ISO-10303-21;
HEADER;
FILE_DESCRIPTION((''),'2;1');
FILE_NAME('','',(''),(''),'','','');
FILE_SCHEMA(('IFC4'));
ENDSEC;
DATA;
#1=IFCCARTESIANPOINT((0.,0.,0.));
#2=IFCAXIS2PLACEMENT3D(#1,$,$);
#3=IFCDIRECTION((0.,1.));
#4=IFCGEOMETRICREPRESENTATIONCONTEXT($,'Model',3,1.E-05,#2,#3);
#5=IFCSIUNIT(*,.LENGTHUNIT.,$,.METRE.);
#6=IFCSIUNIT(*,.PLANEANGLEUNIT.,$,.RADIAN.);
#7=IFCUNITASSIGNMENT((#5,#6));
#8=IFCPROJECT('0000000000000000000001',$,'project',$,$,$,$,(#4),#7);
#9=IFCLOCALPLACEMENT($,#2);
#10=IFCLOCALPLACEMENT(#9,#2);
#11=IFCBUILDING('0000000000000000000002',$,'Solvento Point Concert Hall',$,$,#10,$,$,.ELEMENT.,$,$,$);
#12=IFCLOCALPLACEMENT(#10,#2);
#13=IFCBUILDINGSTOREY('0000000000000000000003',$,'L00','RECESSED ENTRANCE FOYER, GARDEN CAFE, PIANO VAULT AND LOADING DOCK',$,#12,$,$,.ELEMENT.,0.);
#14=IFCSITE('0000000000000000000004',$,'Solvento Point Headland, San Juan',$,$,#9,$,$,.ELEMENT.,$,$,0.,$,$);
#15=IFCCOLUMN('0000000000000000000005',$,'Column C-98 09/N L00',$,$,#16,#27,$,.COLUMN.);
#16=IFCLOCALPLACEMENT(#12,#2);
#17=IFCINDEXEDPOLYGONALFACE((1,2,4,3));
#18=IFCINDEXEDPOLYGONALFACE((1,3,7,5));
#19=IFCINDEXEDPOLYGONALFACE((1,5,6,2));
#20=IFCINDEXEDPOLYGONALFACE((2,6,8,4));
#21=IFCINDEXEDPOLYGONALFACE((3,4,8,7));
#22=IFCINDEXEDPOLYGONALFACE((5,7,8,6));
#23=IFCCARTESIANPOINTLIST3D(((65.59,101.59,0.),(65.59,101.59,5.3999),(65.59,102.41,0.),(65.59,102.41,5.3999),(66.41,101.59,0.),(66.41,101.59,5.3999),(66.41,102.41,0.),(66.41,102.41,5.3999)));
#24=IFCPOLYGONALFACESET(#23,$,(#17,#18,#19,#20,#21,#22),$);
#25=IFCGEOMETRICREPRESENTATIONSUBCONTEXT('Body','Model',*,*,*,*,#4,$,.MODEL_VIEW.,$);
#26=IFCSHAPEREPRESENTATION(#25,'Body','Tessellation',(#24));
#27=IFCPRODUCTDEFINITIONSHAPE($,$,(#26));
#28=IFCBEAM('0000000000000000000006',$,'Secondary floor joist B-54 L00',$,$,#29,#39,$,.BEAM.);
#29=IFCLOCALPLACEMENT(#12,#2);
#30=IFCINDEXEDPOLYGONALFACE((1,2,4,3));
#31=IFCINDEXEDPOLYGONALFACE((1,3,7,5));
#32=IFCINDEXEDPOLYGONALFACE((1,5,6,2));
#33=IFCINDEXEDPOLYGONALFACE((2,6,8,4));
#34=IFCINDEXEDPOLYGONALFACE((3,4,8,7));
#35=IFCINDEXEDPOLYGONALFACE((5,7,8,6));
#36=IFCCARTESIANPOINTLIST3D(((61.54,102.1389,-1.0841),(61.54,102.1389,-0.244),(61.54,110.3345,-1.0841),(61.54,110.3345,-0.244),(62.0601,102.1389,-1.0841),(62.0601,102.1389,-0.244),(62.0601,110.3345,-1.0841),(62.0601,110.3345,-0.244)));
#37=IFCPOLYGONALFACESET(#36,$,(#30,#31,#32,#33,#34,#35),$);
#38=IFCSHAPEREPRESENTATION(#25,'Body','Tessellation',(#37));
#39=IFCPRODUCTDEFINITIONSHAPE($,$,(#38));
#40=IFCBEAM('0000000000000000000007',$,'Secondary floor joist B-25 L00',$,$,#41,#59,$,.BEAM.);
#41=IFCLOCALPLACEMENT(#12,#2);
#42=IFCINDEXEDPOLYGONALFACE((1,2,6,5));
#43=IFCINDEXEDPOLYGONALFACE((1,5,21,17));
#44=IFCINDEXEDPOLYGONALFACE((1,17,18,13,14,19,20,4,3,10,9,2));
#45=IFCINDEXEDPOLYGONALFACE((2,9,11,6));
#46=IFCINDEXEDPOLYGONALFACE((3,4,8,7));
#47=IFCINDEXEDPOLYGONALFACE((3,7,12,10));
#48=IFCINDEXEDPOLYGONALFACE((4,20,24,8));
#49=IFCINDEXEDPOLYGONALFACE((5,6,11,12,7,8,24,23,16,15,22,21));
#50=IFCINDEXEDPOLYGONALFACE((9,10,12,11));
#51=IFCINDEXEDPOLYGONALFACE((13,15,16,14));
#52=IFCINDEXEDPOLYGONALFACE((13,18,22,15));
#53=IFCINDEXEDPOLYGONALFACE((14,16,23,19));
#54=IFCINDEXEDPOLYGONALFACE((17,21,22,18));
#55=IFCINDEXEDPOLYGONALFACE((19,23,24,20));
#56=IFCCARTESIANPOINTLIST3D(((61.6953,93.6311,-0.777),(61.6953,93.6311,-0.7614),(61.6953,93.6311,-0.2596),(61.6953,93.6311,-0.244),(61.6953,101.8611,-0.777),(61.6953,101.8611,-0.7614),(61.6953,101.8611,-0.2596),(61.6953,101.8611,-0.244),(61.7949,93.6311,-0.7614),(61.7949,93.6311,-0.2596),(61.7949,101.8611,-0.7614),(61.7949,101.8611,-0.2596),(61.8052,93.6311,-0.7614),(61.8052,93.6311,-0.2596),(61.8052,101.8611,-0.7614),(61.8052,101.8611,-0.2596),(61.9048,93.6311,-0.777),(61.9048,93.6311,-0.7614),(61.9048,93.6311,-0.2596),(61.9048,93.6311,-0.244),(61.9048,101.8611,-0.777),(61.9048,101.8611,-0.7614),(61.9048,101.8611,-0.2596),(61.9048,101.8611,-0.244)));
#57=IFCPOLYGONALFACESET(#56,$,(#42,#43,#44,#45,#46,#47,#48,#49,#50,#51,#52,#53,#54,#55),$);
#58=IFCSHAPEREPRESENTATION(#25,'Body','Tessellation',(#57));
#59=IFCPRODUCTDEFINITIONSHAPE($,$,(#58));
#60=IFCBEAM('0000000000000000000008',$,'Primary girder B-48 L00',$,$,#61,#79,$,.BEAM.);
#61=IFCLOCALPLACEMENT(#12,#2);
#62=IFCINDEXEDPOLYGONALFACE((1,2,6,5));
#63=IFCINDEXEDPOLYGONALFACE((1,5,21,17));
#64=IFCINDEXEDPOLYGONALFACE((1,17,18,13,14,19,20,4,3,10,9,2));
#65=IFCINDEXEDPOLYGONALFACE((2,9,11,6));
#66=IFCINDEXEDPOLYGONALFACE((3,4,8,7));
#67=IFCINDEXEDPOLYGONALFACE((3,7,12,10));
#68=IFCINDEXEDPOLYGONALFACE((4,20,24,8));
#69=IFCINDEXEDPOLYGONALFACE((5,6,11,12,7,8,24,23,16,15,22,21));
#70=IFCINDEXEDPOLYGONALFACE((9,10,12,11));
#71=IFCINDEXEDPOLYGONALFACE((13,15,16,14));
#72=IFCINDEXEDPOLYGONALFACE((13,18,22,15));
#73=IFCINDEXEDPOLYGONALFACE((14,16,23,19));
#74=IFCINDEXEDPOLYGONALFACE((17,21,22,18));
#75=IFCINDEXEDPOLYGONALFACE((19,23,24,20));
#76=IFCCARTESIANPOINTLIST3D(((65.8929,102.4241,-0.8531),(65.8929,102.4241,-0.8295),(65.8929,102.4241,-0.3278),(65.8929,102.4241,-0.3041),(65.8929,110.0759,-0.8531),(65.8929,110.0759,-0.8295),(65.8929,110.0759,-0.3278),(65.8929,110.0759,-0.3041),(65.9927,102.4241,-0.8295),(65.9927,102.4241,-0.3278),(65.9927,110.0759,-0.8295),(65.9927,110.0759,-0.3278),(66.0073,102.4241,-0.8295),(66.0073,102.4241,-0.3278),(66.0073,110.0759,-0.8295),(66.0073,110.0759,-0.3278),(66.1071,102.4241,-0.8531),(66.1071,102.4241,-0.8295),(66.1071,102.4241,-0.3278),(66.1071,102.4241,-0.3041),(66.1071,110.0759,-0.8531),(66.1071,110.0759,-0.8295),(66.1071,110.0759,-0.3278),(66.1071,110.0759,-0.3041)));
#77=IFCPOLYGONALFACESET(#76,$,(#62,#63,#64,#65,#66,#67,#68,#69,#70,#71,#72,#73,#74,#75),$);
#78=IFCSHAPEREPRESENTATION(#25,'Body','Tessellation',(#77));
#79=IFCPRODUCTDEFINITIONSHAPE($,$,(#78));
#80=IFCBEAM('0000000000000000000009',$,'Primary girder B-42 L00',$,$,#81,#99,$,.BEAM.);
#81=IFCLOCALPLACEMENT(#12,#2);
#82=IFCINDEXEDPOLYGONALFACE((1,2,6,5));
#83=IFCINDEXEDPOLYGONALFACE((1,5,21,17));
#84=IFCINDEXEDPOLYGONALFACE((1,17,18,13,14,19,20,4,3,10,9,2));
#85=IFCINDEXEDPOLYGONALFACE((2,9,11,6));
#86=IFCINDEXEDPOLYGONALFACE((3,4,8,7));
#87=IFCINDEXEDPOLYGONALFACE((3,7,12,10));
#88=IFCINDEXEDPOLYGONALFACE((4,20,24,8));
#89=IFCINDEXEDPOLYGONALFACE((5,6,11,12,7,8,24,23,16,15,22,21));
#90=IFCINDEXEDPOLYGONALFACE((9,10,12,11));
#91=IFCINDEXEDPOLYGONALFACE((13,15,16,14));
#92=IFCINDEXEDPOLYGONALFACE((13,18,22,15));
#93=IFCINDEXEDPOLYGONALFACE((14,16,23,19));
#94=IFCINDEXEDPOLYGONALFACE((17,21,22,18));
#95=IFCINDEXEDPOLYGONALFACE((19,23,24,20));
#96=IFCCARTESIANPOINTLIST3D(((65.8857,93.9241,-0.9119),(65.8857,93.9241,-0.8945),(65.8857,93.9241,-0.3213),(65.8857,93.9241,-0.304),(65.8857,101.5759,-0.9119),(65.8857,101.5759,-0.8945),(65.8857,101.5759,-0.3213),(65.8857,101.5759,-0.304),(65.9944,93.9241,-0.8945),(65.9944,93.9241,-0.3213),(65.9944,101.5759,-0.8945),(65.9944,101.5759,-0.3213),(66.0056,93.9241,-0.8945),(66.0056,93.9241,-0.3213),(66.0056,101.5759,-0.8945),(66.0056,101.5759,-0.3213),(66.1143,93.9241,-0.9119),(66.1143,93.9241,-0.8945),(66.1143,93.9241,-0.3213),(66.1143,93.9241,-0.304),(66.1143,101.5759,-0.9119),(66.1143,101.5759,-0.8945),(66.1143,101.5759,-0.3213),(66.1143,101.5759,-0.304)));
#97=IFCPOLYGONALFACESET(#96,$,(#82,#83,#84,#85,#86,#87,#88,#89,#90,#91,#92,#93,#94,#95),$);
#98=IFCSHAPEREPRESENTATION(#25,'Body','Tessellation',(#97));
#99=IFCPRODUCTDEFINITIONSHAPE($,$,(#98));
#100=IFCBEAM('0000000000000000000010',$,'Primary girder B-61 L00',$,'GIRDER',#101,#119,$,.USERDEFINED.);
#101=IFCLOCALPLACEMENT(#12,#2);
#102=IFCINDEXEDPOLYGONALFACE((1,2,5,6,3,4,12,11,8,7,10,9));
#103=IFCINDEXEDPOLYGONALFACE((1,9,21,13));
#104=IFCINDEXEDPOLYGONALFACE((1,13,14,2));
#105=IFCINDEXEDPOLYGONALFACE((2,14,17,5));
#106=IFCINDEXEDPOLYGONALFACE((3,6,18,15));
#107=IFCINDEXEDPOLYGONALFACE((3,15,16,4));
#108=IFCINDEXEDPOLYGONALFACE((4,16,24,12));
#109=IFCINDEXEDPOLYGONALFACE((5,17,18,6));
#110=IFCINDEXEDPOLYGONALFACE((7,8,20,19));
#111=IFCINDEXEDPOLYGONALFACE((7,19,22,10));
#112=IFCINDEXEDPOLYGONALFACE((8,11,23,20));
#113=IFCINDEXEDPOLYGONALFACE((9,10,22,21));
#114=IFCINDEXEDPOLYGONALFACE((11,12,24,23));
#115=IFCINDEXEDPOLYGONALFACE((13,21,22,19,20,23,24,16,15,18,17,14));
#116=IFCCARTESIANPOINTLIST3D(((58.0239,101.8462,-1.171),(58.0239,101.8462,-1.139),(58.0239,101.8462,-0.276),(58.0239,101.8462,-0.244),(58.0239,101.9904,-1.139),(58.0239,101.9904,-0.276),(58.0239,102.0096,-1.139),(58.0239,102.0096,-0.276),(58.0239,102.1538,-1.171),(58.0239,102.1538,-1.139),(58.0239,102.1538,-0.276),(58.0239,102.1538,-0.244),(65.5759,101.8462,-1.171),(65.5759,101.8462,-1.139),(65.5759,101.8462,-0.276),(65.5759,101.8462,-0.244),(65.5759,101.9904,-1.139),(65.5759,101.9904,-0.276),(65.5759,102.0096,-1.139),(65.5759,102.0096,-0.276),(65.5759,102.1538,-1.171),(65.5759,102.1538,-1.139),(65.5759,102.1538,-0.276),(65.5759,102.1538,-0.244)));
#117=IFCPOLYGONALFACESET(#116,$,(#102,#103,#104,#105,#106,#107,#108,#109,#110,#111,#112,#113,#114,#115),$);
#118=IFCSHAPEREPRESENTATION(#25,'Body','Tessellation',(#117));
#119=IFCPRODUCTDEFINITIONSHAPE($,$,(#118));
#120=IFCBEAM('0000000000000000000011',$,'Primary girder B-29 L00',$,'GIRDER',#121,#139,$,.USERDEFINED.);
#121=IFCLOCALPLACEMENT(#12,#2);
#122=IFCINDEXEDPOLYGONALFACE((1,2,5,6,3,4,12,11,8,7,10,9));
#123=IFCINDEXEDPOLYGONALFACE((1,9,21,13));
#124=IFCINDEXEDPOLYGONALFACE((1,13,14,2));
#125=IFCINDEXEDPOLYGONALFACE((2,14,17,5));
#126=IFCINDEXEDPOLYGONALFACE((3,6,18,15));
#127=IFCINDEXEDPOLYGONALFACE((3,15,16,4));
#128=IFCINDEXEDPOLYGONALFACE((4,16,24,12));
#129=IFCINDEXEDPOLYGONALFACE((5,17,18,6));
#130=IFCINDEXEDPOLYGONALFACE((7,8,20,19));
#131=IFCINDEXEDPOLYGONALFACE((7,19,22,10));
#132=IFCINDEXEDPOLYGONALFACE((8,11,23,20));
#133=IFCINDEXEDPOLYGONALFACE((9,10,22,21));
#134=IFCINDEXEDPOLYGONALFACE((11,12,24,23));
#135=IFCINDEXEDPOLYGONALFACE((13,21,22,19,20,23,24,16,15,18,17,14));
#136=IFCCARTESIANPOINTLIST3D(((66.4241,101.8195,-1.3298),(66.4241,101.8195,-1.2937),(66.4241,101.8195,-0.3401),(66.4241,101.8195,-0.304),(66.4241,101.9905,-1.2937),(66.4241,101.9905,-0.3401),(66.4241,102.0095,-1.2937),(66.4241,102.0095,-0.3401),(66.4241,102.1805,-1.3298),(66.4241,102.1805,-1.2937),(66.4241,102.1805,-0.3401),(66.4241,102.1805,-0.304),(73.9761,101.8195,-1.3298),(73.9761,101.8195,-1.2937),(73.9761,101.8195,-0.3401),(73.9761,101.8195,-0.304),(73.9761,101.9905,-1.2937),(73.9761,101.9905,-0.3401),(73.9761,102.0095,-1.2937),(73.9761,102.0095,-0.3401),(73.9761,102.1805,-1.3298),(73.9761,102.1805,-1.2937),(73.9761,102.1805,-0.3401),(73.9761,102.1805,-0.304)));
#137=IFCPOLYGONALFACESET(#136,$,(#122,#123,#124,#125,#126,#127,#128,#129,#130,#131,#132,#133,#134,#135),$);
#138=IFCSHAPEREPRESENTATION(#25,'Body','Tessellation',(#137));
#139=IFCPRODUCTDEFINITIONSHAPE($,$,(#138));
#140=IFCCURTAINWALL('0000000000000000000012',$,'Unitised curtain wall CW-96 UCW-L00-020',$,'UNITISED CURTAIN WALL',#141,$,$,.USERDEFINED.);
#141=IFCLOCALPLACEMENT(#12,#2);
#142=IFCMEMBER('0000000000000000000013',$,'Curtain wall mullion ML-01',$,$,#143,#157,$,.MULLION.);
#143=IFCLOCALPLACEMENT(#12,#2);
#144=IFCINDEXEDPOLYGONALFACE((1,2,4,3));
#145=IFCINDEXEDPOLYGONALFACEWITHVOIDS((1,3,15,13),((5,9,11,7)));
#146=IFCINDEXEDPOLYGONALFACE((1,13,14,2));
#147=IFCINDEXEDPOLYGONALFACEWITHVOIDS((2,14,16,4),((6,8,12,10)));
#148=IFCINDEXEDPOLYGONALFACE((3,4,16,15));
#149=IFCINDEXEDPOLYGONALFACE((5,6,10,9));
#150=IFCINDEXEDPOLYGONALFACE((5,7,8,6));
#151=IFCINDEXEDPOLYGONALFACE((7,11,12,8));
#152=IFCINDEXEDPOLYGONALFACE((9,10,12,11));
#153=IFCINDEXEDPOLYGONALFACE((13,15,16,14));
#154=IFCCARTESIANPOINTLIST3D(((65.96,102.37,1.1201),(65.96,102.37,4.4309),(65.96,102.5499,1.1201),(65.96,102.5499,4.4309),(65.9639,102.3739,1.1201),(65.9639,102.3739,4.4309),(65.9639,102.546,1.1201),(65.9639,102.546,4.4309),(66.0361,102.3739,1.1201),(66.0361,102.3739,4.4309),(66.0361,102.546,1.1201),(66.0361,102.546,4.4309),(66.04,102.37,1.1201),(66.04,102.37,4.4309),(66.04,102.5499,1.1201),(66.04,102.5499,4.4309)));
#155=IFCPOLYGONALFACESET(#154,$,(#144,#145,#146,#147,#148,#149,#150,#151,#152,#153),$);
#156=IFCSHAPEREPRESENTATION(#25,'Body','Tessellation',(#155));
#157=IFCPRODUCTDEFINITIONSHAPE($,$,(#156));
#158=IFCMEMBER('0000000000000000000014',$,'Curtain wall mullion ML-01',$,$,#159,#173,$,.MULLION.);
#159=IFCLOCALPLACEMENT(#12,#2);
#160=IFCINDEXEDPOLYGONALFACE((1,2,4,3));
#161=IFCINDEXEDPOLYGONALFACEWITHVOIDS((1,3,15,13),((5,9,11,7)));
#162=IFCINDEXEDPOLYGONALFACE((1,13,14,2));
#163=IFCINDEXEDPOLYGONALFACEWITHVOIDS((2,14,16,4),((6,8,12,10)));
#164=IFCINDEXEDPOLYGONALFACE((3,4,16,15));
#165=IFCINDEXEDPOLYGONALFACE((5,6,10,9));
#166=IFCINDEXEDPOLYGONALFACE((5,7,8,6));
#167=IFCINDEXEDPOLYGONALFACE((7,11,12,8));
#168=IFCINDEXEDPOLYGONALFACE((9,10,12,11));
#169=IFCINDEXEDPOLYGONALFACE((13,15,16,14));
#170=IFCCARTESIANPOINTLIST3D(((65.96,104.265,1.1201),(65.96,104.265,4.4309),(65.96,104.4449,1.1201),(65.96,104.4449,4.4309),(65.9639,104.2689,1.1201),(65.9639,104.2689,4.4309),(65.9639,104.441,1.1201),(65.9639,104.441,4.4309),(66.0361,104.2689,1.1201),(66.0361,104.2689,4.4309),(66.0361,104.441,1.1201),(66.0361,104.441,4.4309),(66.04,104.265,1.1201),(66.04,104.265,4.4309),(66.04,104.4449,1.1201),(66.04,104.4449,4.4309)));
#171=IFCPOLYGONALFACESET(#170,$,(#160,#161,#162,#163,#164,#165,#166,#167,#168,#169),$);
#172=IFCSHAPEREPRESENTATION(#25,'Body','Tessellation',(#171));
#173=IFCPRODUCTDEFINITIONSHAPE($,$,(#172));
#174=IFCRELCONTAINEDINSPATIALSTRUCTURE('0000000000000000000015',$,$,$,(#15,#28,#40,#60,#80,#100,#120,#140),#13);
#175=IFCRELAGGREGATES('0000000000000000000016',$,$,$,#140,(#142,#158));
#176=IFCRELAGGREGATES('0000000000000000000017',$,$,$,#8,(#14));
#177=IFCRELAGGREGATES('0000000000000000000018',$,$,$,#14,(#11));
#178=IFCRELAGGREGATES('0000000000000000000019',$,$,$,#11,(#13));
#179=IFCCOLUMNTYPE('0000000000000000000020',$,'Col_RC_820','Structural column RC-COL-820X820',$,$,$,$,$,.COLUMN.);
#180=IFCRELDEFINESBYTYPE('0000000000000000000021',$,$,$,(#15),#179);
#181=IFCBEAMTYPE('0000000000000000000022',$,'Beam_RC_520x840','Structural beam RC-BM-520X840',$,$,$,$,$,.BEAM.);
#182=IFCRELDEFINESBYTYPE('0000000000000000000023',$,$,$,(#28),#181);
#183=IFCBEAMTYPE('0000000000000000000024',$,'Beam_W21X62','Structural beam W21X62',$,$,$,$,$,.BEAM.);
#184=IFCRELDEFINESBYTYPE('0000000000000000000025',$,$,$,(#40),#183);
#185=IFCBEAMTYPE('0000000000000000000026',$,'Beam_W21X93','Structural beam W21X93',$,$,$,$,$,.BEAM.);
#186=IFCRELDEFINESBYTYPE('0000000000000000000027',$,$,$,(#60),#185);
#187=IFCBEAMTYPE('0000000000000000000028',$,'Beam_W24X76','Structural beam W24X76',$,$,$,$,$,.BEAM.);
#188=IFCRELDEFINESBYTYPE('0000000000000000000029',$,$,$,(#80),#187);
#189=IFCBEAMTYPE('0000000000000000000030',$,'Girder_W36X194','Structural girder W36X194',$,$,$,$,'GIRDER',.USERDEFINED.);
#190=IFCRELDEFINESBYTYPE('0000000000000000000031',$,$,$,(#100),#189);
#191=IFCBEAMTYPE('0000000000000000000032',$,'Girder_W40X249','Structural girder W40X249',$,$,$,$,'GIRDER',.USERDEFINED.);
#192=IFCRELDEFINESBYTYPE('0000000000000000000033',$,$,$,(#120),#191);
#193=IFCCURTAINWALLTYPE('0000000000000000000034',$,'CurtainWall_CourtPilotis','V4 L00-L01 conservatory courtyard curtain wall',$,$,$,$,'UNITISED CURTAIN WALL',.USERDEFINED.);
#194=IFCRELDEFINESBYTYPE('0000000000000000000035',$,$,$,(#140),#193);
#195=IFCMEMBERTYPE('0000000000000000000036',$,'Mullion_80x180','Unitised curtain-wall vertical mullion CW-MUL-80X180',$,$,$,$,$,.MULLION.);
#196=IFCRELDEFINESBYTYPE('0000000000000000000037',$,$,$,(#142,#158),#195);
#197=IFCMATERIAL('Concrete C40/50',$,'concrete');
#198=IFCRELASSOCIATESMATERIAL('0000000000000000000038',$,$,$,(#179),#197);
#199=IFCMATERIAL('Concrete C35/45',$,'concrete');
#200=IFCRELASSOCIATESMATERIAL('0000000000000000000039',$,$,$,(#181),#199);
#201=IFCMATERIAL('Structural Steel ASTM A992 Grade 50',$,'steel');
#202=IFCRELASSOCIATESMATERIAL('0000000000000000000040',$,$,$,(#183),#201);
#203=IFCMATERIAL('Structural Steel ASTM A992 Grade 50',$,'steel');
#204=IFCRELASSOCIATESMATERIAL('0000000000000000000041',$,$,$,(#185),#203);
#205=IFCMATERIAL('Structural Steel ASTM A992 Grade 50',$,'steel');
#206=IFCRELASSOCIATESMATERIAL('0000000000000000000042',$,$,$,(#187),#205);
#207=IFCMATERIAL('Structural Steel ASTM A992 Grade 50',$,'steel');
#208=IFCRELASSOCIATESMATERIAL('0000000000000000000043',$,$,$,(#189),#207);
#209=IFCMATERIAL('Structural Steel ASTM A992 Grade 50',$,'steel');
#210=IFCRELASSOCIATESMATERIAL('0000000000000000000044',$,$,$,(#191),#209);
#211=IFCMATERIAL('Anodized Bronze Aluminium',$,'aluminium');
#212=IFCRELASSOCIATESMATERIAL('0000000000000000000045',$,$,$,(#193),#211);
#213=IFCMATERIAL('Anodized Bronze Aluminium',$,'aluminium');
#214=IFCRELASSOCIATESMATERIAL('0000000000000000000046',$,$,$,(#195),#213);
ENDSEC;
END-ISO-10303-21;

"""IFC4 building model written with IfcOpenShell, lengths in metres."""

from ifc_helpers import new_model, si_unit, direction, frame, origin, origin_2d, place, context, subcontext, project, spatial, rectangle, hollow_rectangle, i_section, extrude, material, material_profile, profile_set, type_object, element, aggregate, save


model = new_model("IFC4")

# Units and contexts
model_context = context("Model", 3, precision=1e-05, world=origin(), true_north=direction((0.0, 1.0)))
body_context = subcontext(model_context, "Body", "Model", "MODEL_VIEW")
ifc_project = project(units=[si_unit("LENGTHUNIT", "METRE"), si_unit("PLANEANGLEUNIT", "RADIAN")], contexts=[model_context])

# Site, building, storey
site_placement = place(None, origin())
site = spatial("IfcSite", under=ifc_project, at=site_placement, Name="Solvento Point Headland, San Juan", CompositionType="ELEMENT", RefElevation=0.0)
building_placement = place(site_placement, origin())
building = spatial("IfcBuilding", under=site, at=building_placement, Name="Solvento Point Concert Hall", CompositionType="ELEMENT")
storey_placement = place(building_placement, origin())
storey = spatial("IfcBuildingStorey", under=building, at=storey_placement, Name="L00", Description="RECESSED ENTRANCE FOYER, GARDEN CAFE, PIANO VAULT AND LOADING DOCK", CompositionType="ELEMENT", Elevation=0.0)

# Column
ifc_material_1 = material(Name="Concrete C40/50", Category="concrete")
ifc_material_profile_1 = material_profile(ifc_material_1, rectangle(XDim=0.8201, YDim=0.8201, at=origin_2d()), Name="RC-COL-820X820")
ifc_profile_set_1 = profile_set([ifc_material_profile_1], Name="Concrete C40/50")
column_type = type_object("IfcColumnType", Name="Col_RC_820", Description="Structural column RC-COL-820X820", PredefinedType="COLUMN", material=ifc_profile_set_1)
column_placement = place(storey_placement, frame((66.0, 102.0, 0.0), z_axis=(0.0, 0.0, 1.0), x_axis=(1.0, 0.0, 0.0)))
element("IfcColumn", 1, at=column_placement, inside=storey, type_object=column_type, Name="Column C-98 09/N L00", PredefinedType="COLUMN", context=body_context, shape_type="SweptSolid", body=[
    extrude(rectangle(XDim=0.8201, YDim=0.8201, at=origin_2d()), origin(), (0.0, 0.0, 1.0), 5.3999),
])

# Beams
ifc_material_2 = material(Name="Concrete C35/45", Category="concrete")
ifc_material_profile_2 = material_profile(ifc_material_2, rectangle(XDim=0.52, YDim=0.8401, at=origin_2d()), Name="RC-BM-520X840")
ifc_profile_set_2 = profile_set([ifc_material_profile_2], Name="Concrete C35/45")
beam_type_1 = type_object("IfcBeamType", Name="Beam_RC_520x840", Description="Structural beam RC-BM-520X840", PredefinedType="BEAM", material=ifc_profile_set_2)
beam_1_placement = place(storey_placement, frame((61.8, 102.1389, -0.6641), z_axis=(0.0, 1.0, 0.0), x_axis=(-1.0, 0.0, 0.0)))
element("IfcBeam", 2, at=beam_1_placement, inside=storey, type_object=beam_type_1, Name="Secondary floor joist B-54 L00", PredefinedType="BEAM", context=body_context, shape_type="SweptSolid", body=[
    extrude(rectangle(XDim=0.52, YDim=0.8401, at=origin_2d()), origin(), (0.0, 0.0, 1.0), 8.1956),
])
ifc_material_3 = material(Name="Structural Steel ASTM A992 Grade 50", Category="steel")
ifc_material_profile_3 = material_profile(ifc_material_3, i_section(OverallWidth=0.2095, OverallDepth=0.533, WebThickness=0.0103, FlangeThickness=0.0156, at=origin_2d()), Name="W21X62")
ifc_profile_set_3 = profile_set([ifc_material_profile_3], Name="Structural Steel ASTM A992 Grade 50")
beam_type_2 = type_object("IfcBeamType", Name="Beam_W21X62", Description="Structural beam W21X62", PredefinedType="BEAM", material=ifc_profile_set_3)
beam_2_placement = place(storey_placement, frame((61.8, 93.6311, -0.5105), z_axis=(0.0, 1.0, 0.0), x_axis=(-1.0, 0.0, 0.0)))
element("IfcBeam", 3, at=beam_2_placement, inside=storey, type_object=beam_type_2, Name="Secondary floor joist B-25 L00", PredefinedType="BEAM", context=body_context, shape_type="SweptSolid", body=[
    extrude(i_section(OverallWidth=0.2095, OverallDepth=0.533, WebThickness=0.0103, FlangeThickness=0.0156, at=origin_2d()), origin(), (0.0, 0.0, 1.0), 8.23),
])
ifc_material_4 = material(Name="Structural Steel ASTM A992 Grade 50", Category="steel")
ifc_material_profile_4 = material_profile(ifc_material_4, i_section(OverallWidth=0.2141, OverallDepth=0.5491, WebThickness=0.0146, FlangeThickness=0.0237, at=origin_2d()), Name="W21X93")
ifc_profile_set_4 = profile_set([ifc_material_profile_4], Name="Structural Steel ASTM A992 Grade 50")
beam_type_3 = type_object("IfcBeamType", Name="Beam_W21X93", Description="Structural beam W21X93", PredefinedType="BEAM", material=ifc_profile_set_4)
beam_3_placement = place(storey_placement, frame((66.0, 102.4241, -0.5786), z_axis=(0.0, 1.0, 0.0), x_axis=(-1.0, 0.0, 0.0)))
element("IfcBeam", 4, at=beam_3_placement, inside=storey, type_object=beam_type_3, Name="Primary girder B-48 L00", PredefinedType="BEAM", context=body_context, shape_type="SweptSolid", body=[
    extrude(i_section(OverallWidth=0.2141, OverallDepth=0.5491, WebThickness=0.0146, FlangeThickness=0.0237, at=origin_2d()), origin(), (0.0, 0.0, 1.0), 7.6519),
])
ifc_material_5 = material(Name="Structural Steel ASTM A992 Grade 50", Category="steel")
ifc_material_profile_5 = material_profile(ifc_material_5, i_section(OverallWidth=0.2285, OverallDepth=0.6079, WebThickness=0.0112, FlangeThickness=0.0173, at=origin_2d()), Name="W24X76")
ifc_profile_set_5 = profile_set([ifc_material_profile_5], Name="Structural Steel ASTM A992 Grade 50")
beam_type_4 = type_object("IfcBeamType", Name="Beam_W24X76", Description="Structural beam W24X76", PredefinedType="BEAM", material=ifc_profile_set_5)
beam_4_placement = place(storey_placement, frame((66.0, 93.9241, -0.6079), z_axis=(0.0, 1.0, 0.0), x_axis=(-1.0, 0.0, 0.0)))
element("IfcBeam", 5, at=beam_4_placement, inside=storey, type_object=beam_type_4, Name="Primary girder B-42 L00", PredefinedType="BEAM", context=body_context, shape_type="SweptSolid", body=[
    extrude(i_section(OverallWidth=0.2285, OverallDepth=0.6079, WebThickness=0.0112, FlangeThickness=0.0173, at=origin_2d()), origin(), (0.0, 0.0, 1.0), 7.6519),
])
ifc_material_6 = material(Name="Structural Steel ASTM A992 Grade 50", Category="steel")
ifc_material_profile_6 = material_profile(ifc_material_6, i_section(OverallWidth=0.3076, OverallDepth=0.927, WebThickness=0.0193, FlangeThickness=0.032, at=origin_2d()), Name="W36X194")
ifc_profile_set_6 = profile_set([ifc_material_profile_6], Name="Structural Steel ASTM A992 Grade 50")
beam_type_5 = type_object("IfcBeamType", Name="Girder_W36X194", Description="Structural girder W36X194", ElementType="GIRDER", PredefinedType="USERDEFINED", material=ifc_profile_set_6)
beam_5_placement = place(storey_placement, frame((58.0239, 102.0, -0.7075), z_axis=(1.0, 0.0, 0.0), x_axis=(0.0, 1.0, 0.0)))
element("IfcBeam", 6, at=beam_5_placement, inside=storey, type_object=beam_type_5, Name="Primary girder B-61 L00", ObjectType="GIRDER", PredefinedType="USERDEFINED", context=body_context, shape_type="SweptSolid", body=[
    extrude(i_section(OverallWidth=0.3076, OverallDepth=0.927, WebThickness=0.0193, FlangeThickness=0.032, at=origin_2d()), origin(), (0.0, 0.0, 1.0), 7.552),
])
ifc_material_7 = material(Name="Structural Steel ASTM A992 Grade 50", Category="steel")
ifc_material_profile_7 = material_profile(ifc_material_7, i_section(OverallWidth=0.3611, OverallDepth=1.0259, WebThickness=0.019, FlangeThickness=0.0361, at=origin_2d()), Name="W40X249")
ifc_profile_set_7 = profile_set([ifc_material_profile_7], Name="Structural Steel ASTM A992 Grade 50")
beam_type_6 = type_object("IfcBeamType", Name="Girder_W40X249", Description="Structural girder W40X249", ElementType="GIRDER", PredefinedType="USERDEFINED", material=ifc_profile_set_7)
beam_6_placement = place(storey_placement, frame((66.4241, 102.0, -0.8169), z_axis=(1.0, 0.0, 0.0), x_axis=(0.0, 1.0, 0.0)))
element("IfcBeam", 7, at=beam_6_placement, inside=storey, type_object=beam_type_6, Name="Primary girder B-29 L00", ObjectType="GIRDER", PredefinedType="USERDEFINED", context=body_context, shape_type="SweptSolid", body=[
    extrude(i_section(OverallWidth=0.3611, OverallDepth=1.0259, WebThickness=0.019, FlangeThickness=0.0361, at=origin_2d()), origin(), (0.0, 0.0, 1.0), 7.552),
])

# Curtain wall, members
ifc_material_8 = material(Name="Anodized Bronze Aluminium", Category="aluminium")
curtain_wall_type = type_object("IfcCurtainWallType", Name="CurtainWall_CourtPilotis", Description="V4 L00-L01 conservatory courtyard curtain wall", ElementType="UNITISED CURTAIN WALL", PredefinedType="USERDEFINED", material=ifc_material_8)
curtain_wall_placement = place(storey_placement, origin())
curtain_wall = element("IfcCurtainWall", 8, at=curtain_wall_placement, inside=storey, type_object=curtain_wall_type, Name="Unitised curtain wall CW-96 UCW-L00-020", ObjectType="UNITISED CURTAIN WALL", PredefinedType="USERDEFINED")
ifc_material_9 = material(Name="Anodized Bronze Aluminium", Category="aluminium")
ifc_material_profile_8 = material_profile(ifc_material_9, hollow_rectangle(XDim=0.0801, YDim=0.1799, WallThickness=0.0039, at=origin_2d()), Name="CW-MUL-80X180")
ifc_profile_set_8 = profile_set([ifc_material_profile_8], Name="Anodized Bronze Aluminium")
member_type_1 = type_object("IfcMemberType", Name="Mullion_80x180", Description="Unitised curtain-wall vertical mullion CW-MUL-80X180", PredefinedType="MULLION", material=ifc_profile_set_8)
member_1_placement = place(storey_placement, frame((66.0, 102.46, 1.1201), z_axis=(0.0, 0.0, 1.0), x_axis=(1.0, 0.0, 0.0)))
member_1 = element("IfcMember", 9, at=member_1_placement, type_object=member_type_1, Name="Curtain wall mullion ML-01", PredefinedType="MULLION", context=body_context, shape_type="SweptSolid", body=[
    extrude(hollow_rectangle(XDim=0.0801, YDim=0.1799, WallThickness=0.0039, at=origin_2d()), origin(), (0.0, 0.0, 1.0), 3.3108),
])
member_2_placement = place(storey_placement, frame((66.0, 104.355, 1.1201), z_axis=(0.0, 0.0, 1.0), x_axis=(1.0, 0.0, 0.0)))
member_2 = element("IfcMember", 10, at=member_2_placement, type_object=member_type_1, Name="Curtain wall mullion ML-01", PredefinedType="MULLION", context=body_context, shape_type="SweptSolid", body=[
    extrude(hollow_rectangle(XDim=0.0801, YDim=0.1799, WallThickness=0.0039, at=origin_2d()), origin(), (0.0, 0.0, 1.0), 3.3108),
])
aggregate(curtain_wall, [member_1, member_2])

save(model, "model.ifc")
